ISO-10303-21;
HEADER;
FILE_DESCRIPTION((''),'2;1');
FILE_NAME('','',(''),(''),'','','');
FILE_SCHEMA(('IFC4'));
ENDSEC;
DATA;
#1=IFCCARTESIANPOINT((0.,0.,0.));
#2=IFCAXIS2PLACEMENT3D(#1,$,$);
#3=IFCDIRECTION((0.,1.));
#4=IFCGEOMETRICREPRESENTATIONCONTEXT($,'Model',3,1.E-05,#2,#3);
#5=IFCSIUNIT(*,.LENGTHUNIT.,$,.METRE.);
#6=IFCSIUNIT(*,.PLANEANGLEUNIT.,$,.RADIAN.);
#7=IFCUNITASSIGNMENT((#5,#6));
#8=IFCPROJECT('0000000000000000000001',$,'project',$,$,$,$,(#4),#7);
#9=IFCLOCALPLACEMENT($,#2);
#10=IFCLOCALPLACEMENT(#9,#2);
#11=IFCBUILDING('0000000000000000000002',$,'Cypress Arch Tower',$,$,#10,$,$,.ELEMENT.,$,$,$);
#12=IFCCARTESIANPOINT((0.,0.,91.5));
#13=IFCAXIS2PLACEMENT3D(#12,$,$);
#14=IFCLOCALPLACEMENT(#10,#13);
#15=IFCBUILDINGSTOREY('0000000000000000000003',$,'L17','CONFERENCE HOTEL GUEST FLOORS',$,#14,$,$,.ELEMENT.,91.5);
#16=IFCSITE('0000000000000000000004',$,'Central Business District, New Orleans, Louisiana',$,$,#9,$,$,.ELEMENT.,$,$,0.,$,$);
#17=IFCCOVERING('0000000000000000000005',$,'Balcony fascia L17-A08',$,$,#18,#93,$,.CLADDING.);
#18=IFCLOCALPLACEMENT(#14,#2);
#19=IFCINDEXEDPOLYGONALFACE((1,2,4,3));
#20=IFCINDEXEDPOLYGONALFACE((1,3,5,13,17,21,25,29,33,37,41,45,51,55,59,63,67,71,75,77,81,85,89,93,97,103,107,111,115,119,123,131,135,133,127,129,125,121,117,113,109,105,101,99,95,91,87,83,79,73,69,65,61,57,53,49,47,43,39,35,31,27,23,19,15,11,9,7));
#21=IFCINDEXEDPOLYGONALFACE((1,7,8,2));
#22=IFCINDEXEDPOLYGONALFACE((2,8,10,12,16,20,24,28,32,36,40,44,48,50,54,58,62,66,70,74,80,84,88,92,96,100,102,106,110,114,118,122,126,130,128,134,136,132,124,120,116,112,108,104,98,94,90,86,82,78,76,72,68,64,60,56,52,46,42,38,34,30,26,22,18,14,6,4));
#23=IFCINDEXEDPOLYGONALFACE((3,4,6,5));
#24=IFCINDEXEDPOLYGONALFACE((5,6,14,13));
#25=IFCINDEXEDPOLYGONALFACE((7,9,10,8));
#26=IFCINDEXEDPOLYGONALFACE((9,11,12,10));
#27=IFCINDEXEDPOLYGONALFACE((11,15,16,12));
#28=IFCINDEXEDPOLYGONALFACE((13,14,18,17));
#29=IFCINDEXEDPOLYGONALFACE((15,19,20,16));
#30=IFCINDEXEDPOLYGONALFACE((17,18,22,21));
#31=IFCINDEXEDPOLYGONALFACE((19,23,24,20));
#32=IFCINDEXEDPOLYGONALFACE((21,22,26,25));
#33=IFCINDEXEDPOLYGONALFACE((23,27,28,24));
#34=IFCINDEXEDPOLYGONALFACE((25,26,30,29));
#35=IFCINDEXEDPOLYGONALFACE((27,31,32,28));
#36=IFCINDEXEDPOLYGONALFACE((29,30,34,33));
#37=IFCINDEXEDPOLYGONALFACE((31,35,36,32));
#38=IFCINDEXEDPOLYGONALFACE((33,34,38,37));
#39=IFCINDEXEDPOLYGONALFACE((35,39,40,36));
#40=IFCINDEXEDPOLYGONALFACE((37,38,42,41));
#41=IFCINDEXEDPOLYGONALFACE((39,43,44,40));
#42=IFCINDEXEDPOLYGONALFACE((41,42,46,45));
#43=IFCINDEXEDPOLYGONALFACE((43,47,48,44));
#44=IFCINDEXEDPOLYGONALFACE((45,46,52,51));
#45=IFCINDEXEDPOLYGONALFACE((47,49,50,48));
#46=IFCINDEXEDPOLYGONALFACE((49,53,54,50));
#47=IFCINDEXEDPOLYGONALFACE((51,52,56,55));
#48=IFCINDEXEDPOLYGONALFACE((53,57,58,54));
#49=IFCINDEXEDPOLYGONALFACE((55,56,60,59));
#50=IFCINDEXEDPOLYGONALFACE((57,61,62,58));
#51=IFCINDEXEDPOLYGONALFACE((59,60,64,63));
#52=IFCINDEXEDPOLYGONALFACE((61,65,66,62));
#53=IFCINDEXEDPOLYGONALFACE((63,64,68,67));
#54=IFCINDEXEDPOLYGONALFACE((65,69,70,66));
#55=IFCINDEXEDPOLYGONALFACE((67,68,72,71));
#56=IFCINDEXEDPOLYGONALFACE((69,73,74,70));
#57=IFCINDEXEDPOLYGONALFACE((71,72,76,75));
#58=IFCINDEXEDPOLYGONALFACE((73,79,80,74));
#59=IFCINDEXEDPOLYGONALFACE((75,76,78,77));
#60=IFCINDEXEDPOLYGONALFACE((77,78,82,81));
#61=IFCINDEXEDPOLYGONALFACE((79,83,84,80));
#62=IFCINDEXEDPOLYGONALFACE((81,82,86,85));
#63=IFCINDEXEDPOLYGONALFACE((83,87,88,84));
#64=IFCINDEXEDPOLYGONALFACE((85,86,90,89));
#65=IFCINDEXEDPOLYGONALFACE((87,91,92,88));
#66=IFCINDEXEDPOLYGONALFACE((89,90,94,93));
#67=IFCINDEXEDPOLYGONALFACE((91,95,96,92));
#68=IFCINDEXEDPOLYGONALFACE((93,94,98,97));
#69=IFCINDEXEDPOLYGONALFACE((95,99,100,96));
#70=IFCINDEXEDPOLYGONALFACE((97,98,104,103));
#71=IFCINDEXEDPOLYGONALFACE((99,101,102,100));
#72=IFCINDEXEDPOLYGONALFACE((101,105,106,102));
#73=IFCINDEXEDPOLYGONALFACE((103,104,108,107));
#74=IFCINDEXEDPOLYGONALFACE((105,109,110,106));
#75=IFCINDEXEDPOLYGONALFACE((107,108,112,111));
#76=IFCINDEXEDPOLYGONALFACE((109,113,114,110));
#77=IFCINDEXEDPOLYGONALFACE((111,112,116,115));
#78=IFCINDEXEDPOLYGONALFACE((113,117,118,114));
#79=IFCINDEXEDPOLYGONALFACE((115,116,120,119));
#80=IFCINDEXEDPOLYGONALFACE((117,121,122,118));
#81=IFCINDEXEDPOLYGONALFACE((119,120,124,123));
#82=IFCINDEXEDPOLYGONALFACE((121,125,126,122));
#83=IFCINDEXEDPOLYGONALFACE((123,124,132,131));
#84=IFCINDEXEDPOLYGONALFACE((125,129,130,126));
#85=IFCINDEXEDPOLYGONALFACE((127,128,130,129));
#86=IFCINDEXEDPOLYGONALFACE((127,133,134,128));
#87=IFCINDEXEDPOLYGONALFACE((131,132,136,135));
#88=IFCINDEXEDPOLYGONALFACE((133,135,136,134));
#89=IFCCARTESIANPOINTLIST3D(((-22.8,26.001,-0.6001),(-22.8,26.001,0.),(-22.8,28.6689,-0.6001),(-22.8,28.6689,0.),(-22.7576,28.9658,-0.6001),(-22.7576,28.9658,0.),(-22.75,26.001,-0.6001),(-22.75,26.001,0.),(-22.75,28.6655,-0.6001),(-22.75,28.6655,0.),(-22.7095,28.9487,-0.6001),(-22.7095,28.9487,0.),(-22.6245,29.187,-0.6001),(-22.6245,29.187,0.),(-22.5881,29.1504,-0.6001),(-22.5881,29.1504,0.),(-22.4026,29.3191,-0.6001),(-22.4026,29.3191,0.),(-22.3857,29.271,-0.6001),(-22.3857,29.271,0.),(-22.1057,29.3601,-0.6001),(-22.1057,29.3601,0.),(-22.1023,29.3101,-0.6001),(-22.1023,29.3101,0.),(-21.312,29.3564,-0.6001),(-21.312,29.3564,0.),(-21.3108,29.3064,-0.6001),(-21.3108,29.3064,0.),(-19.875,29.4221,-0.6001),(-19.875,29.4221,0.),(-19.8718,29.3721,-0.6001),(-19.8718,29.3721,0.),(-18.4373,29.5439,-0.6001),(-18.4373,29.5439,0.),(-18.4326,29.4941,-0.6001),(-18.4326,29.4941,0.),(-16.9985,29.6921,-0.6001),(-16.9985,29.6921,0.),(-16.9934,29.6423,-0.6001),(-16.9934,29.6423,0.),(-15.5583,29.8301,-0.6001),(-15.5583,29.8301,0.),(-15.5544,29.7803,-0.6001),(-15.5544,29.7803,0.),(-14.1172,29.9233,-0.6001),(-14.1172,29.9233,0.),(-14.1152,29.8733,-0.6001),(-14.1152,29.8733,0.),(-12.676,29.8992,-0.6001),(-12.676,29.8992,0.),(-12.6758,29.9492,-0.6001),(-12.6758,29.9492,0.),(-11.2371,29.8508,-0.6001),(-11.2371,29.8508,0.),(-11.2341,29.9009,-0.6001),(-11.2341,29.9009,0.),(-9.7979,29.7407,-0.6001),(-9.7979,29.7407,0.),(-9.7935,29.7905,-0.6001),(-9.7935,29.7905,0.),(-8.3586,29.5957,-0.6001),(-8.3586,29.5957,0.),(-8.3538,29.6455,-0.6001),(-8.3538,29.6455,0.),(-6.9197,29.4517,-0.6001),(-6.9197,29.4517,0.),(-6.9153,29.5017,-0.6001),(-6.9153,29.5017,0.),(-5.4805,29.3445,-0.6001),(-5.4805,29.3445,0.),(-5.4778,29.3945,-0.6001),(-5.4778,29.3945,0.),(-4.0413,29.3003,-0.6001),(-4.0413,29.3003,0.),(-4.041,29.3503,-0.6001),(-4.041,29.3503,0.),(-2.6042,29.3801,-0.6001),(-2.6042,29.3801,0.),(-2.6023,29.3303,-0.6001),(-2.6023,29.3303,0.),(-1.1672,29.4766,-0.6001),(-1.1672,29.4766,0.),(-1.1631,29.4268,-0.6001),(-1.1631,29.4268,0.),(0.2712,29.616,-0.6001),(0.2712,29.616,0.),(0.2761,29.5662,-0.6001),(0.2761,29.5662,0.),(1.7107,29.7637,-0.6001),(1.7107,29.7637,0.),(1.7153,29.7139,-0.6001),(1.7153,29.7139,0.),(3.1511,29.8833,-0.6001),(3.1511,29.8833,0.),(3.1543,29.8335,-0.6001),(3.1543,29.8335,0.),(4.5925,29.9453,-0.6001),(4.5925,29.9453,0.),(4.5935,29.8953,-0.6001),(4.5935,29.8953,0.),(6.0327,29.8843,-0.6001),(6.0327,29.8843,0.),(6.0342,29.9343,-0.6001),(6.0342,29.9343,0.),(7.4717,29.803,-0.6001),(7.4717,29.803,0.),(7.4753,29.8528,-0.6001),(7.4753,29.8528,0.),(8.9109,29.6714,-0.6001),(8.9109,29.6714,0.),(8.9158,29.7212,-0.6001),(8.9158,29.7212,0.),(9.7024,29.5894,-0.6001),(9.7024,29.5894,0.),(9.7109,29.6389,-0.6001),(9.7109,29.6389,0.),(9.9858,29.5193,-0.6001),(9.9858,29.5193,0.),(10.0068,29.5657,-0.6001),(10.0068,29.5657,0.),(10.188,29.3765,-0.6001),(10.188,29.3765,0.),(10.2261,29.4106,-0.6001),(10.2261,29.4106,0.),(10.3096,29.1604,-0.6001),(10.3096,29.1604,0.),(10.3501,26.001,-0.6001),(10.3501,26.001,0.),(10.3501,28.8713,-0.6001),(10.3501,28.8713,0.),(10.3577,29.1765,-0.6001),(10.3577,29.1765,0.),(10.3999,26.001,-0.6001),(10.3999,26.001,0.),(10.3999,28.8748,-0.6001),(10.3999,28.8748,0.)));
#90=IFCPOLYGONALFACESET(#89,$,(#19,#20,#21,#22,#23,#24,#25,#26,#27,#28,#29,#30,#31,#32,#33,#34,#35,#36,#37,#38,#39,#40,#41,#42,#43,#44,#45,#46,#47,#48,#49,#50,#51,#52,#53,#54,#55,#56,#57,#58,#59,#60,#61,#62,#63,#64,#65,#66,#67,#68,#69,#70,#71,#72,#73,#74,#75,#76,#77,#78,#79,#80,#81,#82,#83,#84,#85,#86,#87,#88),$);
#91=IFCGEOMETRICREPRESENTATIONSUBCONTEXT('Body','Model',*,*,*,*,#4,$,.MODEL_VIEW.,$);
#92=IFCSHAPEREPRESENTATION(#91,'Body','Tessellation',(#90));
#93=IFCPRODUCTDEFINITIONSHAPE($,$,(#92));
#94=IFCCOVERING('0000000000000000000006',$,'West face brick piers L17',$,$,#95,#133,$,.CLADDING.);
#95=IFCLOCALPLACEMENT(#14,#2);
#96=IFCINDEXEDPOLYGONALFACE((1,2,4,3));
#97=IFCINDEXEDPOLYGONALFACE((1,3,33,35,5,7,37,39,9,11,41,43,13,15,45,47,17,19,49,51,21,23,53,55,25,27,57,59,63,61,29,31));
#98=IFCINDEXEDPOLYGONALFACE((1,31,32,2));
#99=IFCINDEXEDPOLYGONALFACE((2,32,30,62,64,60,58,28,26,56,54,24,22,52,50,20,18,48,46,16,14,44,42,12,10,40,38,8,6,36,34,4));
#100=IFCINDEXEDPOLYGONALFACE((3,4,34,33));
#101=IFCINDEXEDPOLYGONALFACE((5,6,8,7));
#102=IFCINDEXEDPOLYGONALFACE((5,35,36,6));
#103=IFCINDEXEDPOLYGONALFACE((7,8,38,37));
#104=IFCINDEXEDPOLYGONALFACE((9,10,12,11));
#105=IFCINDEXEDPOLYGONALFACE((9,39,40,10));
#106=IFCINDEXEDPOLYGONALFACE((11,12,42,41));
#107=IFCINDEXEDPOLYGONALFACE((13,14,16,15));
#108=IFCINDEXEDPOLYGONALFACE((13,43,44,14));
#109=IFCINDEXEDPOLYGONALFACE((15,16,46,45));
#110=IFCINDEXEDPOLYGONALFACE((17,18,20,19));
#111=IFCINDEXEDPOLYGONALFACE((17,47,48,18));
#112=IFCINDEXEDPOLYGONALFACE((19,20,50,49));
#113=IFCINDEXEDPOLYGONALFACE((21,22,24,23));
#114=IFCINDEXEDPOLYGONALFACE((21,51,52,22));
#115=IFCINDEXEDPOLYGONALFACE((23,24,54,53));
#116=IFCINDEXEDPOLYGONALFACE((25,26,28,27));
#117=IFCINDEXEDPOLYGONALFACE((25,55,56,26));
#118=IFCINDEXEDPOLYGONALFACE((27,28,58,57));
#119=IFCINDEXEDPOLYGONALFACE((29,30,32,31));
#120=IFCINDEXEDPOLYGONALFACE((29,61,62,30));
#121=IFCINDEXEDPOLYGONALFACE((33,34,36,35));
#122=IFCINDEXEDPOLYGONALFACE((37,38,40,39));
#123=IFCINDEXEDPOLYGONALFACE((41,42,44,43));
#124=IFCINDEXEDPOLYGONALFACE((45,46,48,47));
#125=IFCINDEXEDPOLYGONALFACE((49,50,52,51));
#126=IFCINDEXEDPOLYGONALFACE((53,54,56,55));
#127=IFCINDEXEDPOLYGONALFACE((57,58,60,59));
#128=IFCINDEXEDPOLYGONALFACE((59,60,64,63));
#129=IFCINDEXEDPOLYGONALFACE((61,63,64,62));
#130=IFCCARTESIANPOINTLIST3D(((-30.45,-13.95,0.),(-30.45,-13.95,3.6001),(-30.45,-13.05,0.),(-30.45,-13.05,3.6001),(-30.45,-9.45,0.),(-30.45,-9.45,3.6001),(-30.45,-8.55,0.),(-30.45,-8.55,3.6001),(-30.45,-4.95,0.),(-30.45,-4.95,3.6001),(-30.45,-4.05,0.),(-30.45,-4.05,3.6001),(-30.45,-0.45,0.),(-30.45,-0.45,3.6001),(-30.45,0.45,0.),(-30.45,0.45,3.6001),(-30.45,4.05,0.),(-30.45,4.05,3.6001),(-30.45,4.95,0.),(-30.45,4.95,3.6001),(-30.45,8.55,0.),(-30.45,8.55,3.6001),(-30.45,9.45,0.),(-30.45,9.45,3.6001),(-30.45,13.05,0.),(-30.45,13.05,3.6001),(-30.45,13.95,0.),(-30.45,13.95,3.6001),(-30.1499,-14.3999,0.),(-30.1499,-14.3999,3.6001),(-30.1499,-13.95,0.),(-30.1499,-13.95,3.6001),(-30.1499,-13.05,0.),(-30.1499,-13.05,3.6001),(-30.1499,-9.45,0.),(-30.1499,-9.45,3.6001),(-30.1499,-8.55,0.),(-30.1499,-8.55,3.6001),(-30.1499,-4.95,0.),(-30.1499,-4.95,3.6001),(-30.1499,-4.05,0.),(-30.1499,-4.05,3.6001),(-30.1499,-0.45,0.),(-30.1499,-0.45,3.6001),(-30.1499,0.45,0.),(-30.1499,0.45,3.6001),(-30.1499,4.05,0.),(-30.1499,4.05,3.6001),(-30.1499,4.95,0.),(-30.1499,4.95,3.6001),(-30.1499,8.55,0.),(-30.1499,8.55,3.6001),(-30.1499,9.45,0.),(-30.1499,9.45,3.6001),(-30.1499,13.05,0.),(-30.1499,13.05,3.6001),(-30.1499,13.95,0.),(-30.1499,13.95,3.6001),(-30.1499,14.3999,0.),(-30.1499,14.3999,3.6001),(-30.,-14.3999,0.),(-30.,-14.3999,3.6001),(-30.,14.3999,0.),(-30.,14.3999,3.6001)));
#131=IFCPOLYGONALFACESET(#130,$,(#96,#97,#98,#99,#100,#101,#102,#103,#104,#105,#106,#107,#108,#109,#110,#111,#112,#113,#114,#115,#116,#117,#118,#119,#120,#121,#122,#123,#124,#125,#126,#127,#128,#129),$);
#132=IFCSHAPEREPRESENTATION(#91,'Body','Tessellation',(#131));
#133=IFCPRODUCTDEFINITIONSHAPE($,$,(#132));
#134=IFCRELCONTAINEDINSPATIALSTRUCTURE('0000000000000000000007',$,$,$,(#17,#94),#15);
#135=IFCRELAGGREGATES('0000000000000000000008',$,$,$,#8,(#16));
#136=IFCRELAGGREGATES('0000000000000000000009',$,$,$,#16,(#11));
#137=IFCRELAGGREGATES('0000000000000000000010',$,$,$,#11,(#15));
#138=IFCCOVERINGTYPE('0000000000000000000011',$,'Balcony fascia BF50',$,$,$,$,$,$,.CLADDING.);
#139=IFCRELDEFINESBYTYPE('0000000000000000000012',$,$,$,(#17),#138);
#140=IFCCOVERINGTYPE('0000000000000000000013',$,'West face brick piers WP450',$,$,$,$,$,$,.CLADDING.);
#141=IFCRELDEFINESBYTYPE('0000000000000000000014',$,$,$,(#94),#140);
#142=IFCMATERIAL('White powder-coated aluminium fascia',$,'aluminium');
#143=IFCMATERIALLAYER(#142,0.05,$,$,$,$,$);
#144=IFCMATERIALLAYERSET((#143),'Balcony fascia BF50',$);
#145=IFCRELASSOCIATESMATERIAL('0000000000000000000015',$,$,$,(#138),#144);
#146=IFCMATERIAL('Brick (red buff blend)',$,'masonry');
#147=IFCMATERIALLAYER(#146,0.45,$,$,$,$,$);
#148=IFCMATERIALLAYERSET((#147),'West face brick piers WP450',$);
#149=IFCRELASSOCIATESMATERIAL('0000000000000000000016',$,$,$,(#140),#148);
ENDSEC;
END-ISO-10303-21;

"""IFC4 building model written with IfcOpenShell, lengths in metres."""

from ifc_helpers import new_model, si_unit, direction, frame, origin, place, context, subcontext, project, spatial, polyline, outline, extrude, material, layer, layer_set, type_object, element, save


model = new_model("IFC4")

# Units and contexts
model_context = context("Model", 3, precision=1e-05, world=origin(), true_north=direction((0.0, 1.0)))
body_context = subcontext(model_context, "Body", "Model", "MODEL_VIEW")
ifc_project = project(units=[si_unit("LENGTHUNIT", "METRE"), si_unit("PLANEANGLEUNIT", "RADIAN")], contexts=[model_context])

# Site, building, storey
site_placement = place(None, origin())
site = spatial("IfcSite", under=ifc_project, at=site_placement, Name="Central Business District, New Orleans, Louisiana", CompositionType="ELEMENT", RefElevation=0.0)
building_placement = place(site_placement, origin())
building = spatial("IfcBuilding", under=site, at=building_placement, Name="Cypress Arch Tower", CompositionType="ELEMENT")
storey_placement = place(building_placement, frame((0.0, 0.0, 91.5)))
storey = spatial("IfcBuildingStorey", under=building, at=storey_placement, Name="L17", Description="CONFERENCE HOTEL GUEST FLOORS", CompositionType="ELEMENT", Elevation=91.5)

# Coverings
ifc_material_1 = material(Name="White powder-coated aluminium fascia", Category="aluminium")
ifc_layer_1 = layer(ifc_material_1, 0.05)
ifc_layer_set_1 = layer_set([ifc_layer_1], Name="Balcony fascia BF50")
covering_type_1 = type_object("IfcCoveringType", Name="Balcony fascia BF50", PredefinedType="CLADDING", material=ifc_layer_set_1)
covering_1_placement = place(storey_placement, frame((0.0, 0.0, -0.6001)))
element("IfcCovering", 1, at=covering_1_placement, inside=storey, type_object=covering_type_1, Name="Balcony fascia L17-A08", PredefinedType="CLADDING", context=body_context, shape_type="SweptSolid", body=[
    extrude(outline(polyline([(-22.8, 28.6689), (-22.7576, 28.9658), (-22.6245, 29.187), (-22.4026, 29.3191), (-22.1057, 29.3601), (-21.312, 29.3564), (-19.875, 29.4221), (-18.4373, 29.5439), (-16.9985, 29.6921), (-15.5583, 29.8301), (-14.1172, 29.9233), (-12.6758, 29.9492), (-11.2341, 29.9009), (-9.7935, 29.7905), (-8.3538, 29.6455), (-6.9153, 29.5017), (-5.4778, 29.3945), (-4.041, 29.3503), (-2.6042, 29.3801), (-1.1672, 29.4766), (0.2712, 29.616), (1.7107, 29.7637), (3.1511, 29.8833), (4.5925, 29.9453), (6.0342, 29.9343), (7.4753, 29.8528), (8.9158, 29.7212), (9.7109, 29.6389), (10.0068, 29.5657), (10.2261, 29.4106), (10.3577, 29.1765), (10.3999, 28.8748), (10.3999, 26.001), (10.3501, 26.001), (10.3501, 28.8713), (10.3096, 29.1604), (10.188, 29.3765), (9.9858, 29.5193), (9.7024, 29.5894), (8.9109, 29.6714), (7.4717, 29.803), (6.0327, 29.8843), (4.5935, 29.8953), (3.1543, 29.8335), (1.7153, 29.7139), (0.2761, 29.5662), (-1.1631, 29.4268), (-2.6023, 29.3303), (-4.0413, 29.3003), (-5.4805, 29.3445), (-6.9197, 29.4517), (-8.3586, 29.5957), (-9.7979, 29.7407), (-11.2371, 29.8508), (-12.676, 29.8992), (-14.1152, 29.8733), (-15.5544, 29.7803), (-16.9934, 29.6423), (-18.4326, 29.4941), (-19.8718, 29.3721), (-21.3108, 29.3064), (-22.1023, 29.3101), (-22.3857, 29.271), (-22.5881, 29.1504), (-22.7095, 28.9487), (-22.75, 28.6655), (-22.75, 26.001), (-22.8, 26.001), (-22.8, 28.6689)])), origin(), (0.0, 0.0, 1.0), 0.6001),
])
ifc_material_2 = material(Name="Brick (red buff blend)", Category="masonry")
ifc_layer_2 = layer(ifc_material_2, 0.45)
ifc_layer_set_2 = layer_set([ifc_layer_2], Name="West face brick piers WP450")
covering_type_2 = type_object("IfcCoveringType", Name="West face brick piers WP450", PredefinedType="CLADDING", material=ifc_layer_set_2)
covering_2_placement = place(storey_placement, origin())
element("IfcCovering", 2, at=covering_2_placement, inside=storey, type_object=covering_type_2, Name="West face brick piers L17", PredefinedType="CLADDING", context=body_context, shape_type="SweptSolid", body=[
    extrude(outline(polyline([(-30.1499, -13.05), (-30.1499, -9.45), (-30.45, -9.45), (-30.45, -8.55), (-30.1499, -8.55), (-30.1499, -4.95), (-30.45, -4.95), (-30.45, -4.05), (-30.1499, -4.05), (-30.1499, -0.45), (-30.45, -0.45), (-30.45, 0.45), (-30.1499, 0.45), (-30.1499, 4.05), (-30.45, 4.05), (-30.45, 4.95), (-30.1499, 4.95), (-30.1499, 8.55), (-30.45, 8.55), (-30.45, 9.45), (-30.1499, 9.45), (-30.1499, 13.05), (-30.45, 13.05), (-30.45, 13.95), (-30.1499, 13.95), (-30.1499, 14.3999), (-30.0, 14.3999), (-30.0, -14.3999), (-30.1499, -14.3999), (-30.1499, -13.95), (-30.45, -13.95), (-30.45, -13.05), (-30.1499, -13.05)])), origin(), (0.0, 0.0, 1.0), 3.6001),
])

save(model, "model.ifc")
